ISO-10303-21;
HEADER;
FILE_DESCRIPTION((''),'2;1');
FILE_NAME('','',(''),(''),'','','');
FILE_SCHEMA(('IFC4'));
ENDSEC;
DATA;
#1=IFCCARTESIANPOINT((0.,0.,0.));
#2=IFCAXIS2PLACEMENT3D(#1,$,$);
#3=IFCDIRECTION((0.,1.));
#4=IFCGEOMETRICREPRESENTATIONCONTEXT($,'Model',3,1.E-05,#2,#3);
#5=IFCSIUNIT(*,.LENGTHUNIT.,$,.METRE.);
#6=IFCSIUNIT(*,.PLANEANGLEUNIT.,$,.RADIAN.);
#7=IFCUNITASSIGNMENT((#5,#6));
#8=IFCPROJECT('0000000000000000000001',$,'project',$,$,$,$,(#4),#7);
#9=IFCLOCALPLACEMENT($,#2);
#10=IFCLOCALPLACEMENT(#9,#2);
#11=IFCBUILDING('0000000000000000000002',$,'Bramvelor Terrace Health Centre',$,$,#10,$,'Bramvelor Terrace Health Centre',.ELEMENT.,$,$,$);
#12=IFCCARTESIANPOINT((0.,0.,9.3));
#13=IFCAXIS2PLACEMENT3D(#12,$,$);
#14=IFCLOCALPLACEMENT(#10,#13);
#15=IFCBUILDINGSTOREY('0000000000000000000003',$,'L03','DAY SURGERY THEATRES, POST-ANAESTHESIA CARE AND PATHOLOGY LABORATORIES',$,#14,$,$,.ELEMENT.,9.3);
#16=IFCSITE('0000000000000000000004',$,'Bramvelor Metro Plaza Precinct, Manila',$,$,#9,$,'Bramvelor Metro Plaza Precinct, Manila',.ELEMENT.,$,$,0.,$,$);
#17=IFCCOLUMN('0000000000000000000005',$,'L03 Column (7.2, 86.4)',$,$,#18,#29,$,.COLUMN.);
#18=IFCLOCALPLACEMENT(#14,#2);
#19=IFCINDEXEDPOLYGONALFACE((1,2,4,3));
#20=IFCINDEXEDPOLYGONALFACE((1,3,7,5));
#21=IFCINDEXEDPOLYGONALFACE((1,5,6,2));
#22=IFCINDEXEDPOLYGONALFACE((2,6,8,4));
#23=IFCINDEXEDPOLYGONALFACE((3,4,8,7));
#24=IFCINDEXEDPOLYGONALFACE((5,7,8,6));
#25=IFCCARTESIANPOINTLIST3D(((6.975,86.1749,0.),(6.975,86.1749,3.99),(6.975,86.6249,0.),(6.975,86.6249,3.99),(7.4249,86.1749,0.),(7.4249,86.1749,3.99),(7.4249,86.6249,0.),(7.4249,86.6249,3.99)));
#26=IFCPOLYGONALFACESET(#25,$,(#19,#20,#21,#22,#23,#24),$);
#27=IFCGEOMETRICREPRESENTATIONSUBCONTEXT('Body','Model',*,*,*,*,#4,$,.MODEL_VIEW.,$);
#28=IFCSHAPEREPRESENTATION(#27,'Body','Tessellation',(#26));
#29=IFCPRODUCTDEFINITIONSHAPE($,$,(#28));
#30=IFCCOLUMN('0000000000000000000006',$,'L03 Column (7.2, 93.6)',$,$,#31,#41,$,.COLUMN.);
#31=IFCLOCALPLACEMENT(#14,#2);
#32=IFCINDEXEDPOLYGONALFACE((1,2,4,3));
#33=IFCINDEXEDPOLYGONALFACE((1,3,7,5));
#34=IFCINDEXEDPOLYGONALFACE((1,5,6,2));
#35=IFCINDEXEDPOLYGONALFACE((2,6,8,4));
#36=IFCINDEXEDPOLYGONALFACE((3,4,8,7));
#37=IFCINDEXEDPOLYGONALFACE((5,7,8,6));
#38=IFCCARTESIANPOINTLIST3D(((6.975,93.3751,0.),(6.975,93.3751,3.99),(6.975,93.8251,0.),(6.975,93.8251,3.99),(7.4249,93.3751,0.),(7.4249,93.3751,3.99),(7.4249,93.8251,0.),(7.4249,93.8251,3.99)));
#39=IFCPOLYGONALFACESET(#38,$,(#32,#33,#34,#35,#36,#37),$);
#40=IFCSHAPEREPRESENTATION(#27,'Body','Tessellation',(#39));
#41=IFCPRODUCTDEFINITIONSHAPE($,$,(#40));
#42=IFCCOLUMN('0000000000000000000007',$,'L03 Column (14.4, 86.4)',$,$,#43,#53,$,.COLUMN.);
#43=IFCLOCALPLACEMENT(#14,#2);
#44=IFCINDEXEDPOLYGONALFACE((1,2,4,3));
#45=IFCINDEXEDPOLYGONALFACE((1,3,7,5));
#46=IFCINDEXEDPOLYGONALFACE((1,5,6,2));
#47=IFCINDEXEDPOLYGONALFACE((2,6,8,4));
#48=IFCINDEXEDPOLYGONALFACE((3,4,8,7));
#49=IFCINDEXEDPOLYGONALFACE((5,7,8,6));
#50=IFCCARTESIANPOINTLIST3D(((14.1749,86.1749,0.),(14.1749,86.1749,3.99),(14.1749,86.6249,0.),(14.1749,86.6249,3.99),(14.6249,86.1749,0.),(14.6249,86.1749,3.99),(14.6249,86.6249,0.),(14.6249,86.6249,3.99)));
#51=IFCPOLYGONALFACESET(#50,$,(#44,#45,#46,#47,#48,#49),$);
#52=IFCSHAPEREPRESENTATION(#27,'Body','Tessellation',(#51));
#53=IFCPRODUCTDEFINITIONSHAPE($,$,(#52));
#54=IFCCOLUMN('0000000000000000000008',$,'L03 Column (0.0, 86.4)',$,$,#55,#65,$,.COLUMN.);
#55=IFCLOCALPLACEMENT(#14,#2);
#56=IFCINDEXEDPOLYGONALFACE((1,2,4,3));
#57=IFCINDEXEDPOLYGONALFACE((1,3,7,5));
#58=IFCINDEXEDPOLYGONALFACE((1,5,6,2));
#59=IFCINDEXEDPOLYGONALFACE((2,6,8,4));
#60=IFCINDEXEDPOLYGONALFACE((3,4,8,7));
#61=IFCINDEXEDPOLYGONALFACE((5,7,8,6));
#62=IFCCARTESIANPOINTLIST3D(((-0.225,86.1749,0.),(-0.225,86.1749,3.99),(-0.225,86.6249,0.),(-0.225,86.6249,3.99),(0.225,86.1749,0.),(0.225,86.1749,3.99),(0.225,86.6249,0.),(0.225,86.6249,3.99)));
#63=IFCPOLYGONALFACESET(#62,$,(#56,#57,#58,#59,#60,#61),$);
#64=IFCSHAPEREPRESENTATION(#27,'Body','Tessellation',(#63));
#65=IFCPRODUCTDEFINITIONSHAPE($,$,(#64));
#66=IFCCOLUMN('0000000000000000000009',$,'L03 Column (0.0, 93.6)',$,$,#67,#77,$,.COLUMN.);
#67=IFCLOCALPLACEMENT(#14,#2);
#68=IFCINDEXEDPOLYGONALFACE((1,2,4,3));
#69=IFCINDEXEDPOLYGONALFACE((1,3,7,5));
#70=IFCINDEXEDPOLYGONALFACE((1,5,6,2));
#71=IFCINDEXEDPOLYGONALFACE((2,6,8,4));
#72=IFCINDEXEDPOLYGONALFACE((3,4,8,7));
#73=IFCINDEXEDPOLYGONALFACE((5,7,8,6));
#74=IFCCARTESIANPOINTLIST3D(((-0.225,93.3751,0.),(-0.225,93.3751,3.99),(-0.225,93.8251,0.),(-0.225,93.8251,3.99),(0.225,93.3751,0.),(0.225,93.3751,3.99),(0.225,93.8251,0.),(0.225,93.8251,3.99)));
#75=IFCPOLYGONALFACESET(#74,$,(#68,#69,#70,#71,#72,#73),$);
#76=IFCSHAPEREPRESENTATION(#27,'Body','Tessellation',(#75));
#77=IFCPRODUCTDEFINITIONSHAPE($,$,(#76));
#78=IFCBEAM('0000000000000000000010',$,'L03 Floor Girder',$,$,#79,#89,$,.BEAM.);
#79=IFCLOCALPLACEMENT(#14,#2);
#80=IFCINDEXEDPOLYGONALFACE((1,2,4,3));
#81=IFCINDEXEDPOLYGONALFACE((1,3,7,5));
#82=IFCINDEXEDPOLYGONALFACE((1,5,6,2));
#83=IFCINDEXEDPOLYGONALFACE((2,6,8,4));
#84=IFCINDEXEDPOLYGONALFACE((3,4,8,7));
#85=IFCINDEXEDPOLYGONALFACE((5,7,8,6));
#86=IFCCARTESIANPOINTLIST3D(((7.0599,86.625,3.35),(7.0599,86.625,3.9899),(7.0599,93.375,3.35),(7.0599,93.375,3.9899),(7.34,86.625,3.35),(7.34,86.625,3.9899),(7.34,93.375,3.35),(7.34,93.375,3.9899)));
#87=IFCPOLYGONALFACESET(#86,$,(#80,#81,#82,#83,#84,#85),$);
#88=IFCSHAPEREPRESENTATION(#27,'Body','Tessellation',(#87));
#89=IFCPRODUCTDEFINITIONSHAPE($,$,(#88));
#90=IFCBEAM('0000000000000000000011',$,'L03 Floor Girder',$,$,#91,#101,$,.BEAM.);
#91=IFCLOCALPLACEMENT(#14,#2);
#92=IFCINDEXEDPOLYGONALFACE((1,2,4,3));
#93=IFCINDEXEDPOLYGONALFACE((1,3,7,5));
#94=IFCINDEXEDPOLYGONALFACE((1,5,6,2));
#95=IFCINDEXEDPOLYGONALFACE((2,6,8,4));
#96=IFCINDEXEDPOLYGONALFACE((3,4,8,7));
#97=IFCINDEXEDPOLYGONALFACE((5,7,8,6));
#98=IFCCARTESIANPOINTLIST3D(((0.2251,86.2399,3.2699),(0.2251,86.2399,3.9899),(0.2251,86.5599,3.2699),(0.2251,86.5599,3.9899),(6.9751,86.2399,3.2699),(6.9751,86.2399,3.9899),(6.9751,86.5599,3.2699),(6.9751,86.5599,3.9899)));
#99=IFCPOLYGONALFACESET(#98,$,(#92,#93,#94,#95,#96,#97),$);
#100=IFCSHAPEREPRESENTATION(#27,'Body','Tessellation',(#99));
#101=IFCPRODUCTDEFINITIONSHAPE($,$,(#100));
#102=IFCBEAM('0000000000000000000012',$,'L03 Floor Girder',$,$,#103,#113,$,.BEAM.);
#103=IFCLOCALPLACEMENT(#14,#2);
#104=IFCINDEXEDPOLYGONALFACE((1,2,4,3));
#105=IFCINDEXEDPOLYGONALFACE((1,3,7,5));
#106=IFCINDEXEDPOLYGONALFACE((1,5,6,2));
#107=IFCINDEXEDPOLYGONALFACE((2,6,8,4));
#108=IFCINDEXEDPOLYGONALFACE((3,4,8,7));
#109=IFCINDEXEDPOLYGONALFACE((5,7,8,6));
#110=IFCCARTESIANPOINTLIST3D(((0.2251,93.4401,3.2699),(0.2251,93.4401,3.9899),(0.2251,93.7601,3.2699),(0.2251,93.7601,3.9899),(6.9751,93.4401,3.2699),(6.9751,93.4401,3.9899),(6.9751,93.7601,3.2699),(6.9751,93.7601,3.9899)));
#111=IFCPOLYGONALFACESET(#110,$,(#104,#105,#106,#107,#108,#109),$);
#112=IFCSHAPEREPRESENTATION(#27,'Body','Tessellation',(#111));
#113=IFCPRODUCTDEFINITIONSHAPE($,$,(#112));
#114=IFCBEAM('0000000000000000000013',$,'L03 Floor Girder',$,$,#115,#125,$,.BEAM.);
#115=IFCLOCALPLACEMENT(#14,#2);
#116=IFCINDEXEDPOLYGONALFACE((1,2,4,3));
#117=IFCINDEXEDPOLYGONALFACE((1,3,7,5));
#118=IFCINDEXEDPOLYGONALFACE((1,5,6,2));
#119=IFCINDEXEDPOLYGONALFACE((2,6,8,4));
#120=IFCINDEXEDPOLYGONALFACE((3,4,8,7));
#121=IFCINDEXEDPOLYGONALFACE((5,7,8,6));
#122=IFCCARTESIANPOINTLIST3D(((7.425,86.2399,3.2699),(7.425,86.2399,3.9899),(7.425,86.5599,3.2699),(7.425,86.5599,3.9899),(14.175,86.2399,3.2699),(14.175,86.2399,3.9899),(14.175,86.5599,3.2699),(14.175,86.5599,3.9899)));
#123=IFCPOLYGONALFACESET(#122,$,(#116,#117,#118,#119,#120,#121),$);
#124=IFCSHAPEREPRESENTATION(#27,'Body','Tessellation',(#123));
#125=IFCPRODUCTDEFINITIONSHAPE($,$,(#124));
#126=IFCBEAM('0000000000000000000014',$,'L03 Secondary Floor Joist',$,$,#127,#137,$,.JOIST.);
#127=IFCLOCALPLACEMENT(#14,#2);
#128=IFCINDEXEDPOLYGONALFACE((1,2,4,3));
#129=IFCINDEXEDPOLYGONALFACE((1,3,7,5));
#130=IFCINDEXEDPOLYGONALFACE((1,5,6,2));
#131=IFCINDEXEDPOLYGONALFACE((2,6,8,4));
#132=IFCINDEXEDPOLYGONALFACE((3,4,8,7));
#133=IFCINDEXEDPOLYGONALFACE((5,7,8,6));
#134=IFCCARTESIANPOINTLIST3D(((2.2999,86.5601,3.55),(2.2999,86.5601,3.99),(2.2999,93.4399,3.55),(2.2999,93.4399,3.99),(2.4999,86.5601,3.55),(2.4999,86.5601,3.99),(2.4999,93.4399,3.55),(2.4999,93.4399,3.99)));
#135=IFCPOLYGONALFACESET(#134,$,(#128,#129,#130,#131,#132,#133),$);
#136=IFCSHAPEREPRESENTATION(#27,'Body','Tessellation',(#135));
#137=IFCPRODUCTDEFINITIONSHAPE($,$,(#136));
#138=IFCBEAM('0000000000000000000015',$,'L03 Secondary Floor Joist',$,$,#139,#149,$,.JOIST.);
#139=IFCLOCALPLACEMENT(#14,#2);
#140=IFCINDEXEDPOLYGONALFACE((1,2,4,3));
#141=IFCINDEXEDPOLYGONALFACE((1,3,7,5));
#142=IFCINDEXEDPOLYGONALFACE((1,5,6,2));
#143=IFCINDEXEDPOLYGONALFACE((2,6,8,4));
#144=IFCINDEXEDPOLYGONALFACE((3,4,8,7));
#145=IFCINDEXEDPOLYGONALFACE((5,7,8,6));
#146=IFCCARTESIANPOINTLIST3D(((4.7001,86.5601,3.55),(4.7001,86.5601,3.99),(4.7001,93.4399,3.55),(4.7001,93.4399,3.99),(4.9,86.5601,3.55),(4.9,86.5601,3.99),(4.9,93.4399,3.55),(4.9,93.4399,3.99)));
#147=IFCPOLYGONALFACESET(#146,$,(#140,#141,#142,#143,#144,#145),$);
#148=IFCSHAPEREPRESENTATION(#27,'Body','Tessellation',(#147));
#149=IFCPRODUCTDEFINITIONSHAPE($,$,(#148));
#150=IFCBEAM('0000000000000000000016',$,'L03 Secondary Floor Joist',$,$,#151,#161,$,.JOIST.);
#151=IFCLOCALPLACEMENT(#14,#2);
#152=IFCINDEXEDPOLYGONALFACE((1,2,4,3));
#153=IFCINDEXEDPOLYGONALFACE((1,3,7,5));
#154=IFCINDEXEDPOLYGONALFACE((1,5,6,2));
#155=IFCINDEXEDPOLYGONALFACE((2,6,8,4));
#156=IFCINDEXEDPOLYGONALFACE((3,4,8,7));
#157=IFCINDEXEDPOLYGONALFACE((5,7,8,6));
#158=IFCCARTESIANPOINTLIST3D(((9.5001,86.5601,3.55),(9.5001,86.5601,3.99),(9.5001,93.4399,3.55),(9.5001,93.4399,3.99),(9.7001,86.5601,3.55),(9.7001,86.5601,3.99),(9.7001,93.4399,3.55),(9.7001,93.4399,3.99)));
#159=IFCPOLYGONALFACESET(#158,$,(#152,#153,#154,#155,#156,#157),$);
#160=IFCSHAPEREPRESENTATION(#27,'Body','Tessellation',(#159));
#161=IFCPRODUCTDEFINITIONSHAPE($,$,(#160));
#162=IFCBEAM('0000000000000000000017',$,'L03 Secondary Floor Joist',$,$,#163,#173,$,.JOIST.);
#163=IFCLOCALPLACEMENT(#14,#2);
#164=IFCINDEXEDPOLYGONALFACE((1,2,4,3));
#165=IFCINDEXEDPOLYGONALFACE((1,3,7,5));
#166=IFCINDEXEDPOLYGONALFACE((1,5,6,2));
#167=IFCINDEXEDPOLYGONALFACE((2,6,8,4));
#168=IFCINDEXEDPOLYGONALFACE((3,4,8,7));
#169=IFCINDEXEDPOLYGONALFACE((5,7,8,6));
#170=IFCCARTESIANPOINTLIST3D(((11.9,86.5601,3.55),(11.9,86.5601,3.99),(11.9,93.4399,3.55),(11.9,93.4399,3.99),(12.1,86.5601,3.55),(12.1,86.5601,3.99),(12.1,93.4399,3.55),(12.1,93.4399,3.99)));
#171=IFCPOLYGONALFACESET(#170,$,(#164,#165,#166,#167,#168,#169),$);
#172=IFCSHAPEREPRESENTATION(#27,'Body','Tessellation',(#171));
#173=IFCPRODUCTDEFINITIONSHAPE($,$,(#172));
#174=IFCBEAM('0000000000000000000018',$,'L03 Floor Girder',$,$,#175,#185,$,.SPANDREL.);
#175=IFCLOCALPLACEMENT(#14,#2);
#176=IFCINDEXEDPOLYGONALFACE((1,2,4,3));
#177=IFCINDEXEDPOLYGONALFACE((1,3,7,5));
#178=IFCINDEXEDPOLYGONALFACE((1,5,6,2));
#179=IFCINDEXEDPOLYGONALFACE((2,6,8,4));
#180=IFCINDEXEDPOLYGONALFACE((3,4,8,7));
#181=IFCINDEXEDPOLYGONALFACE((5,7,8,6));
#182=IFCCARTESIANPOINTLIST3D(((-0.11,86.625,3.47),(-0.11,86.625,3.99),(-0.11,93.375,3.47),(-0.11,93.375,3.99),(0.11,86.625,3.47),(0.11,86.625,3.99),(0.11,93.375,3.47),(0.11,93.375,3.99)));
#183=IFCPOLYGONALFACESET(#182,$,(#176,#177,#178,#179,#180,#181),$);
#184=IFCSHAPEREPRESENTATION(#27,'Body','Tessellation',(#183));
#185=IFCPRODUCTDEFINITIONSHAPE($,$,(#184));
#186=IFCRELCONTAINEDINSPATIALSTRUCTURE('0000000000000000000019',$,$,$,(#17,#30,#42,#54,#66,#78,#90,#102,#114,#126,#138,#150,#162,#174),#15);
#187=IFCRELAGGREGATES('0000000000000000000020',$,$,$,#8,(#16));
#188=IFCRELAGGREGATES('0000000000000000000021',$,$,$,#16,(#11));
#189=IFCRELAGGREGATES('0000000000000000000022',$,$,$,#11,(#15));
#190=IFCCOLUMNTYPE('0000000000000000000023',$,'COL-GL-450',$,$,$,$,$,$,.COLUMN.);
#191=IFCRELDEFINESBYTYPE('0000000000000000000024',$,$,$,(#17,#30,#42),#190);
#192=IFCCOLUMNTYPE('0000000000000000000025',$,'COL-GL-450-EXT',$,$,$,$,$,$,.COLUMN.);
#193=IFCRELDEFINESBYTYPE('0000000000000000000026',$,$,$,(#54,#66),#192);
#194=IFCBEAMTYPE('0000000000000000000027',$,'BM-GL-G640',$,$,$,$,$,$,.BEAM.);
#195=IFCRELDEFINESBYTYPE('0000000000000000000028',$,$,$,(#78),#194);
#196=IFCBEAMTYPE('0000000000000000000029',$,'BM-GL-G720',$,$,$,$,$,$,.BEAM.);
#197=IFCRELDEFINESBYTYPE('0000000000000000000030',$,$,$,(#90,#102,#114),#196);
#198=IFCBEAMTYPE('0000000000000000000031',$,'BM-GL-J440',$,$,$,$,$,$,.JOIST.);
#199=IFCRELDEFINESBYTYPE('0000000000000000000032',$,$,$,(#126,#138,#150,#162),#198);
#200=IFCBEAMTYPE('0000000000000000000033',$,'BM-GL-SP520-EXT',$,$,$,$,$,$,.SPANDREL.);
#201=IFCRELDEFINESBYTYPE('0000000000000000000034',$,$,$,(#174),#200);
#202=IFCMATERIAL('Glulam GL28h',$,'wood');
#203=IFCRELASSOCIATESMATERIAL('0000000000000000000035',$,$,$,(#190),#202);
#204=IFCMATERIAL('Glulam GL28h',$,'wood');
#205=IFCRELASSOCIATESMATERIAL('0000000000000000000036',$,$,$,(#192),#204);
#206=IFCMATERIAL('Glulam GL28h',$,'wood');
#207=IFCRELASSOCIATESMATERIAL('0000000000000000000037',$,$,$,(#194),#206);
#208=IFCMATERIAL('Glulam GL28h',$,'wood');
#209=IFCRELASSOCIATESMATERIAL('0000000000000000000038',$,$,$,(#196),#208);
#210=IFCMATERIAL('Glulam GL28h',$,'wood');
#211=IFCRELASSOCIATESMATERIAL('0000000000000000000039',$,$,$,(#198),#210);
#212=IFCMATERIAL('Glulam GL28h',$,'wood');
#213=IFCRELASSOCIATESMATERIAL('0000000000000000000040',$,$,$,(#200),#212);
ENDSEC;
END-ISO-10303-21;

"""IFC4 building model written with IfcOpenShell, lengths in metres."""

from ifc_helpers import new_model, si_unit, direction, frame, origin, origin_2d, place, context, subcontext, project, spatial, rectangle, extrude, material, material_profile, profile_set, type_object, element, save


model = new_model("IFC4")

# Units and contexts
model_context = context("Model", 3, precision=1e-05, world=origin(), true_north=direction((0.0, 1.0)))
body_context = subcontext(model_context, "Body", "Model", "MODEL_VIEW")
ifc_project = project(units=[si_unit("LENGTHUNIT", "METRE"), si_unit("PLANEANGLEUNIT", "RADIAN")], contexts=[model_context])

# Site, building, storey
site_placement = place(None, origin())
site = spatial("IfcSite", under=ifc_project, at=site_placement, Name="Bramvelor Metro Plaza Precinct, Manila", LongName="Bramvelor Metro Plaza Precinct, Manila", CompositionType="ELEMENT", RefElevation=0.0)
building_placement = place(site_placement, origin())
building = spatial("IfcBuilding", under=site, at=building_placement, Name="Bramvelor Terrace Health Centre", LongName="Bramvelor Terrace Health Centre", CompositionType="ELEMENT")
storey_placement = place(building_placement, frame((0.0, 0.0, 9.3)))
storey = spatial("IfcBuildingStorey", under=building, at=storey_placement, Name="L03", Description="DAY SURGERY THEATRES, POST-ANAESTHESIA CARE AND PATHOLOGY LABORATORIES", CompositionType="ELEMENT", Elevation=9.3)

# Columns
ifc_material_1 = material(Name="Glulam GL28h", Category="wood")
ifc_material_profile_1 = material_profile(ifc_material_1, rectangle(XDim=0.45, YDim=0.45, at=origin_2d()), Name="GL 450x450")
ifc_profile_set_1 = profile_set([ifc_material_profile_1], Name="Glulam GL28h")
column_type_1 = type_object("IfcColumnType", Name="COL-GL-450", PredefinedType="COLUMN", material=ifc_profile_set_1)
for number, where, z_axis, x_axis, name in (
    (1, (7.2, 86.3999, 0.0), (0.0, 0.0, 1.0), (1.0, 0.0, 0.0), "L03 Column (7.2, 86.4)"),
    (2, (7.2, 93.6001, 0.0), (0.0, 0.0, 1.0), (1.0, 0.0, 0.0), "L03 Column (7.2, 93.6)"),
    (3, (14.3999, 86.3999, 0.0), (0.0, 0.0, 1.0), (1.0, 0.0, 0.0), "L03 Column (14.4, 86.4)"),
):
    element("IfcColumn", number, at=place(storey_placement, frame(where, z_axis=z_axis, x_axis=x_axis)), inside=storey, type_object=column_type_1, Name=name, PredefinedType="COLUMN", context=body_context, shape_type="SweptSolid", body=[
        extrude(rectangle(XDim=0.45, YDim=0.45, at=origin_2d()), origin(), (0.0, 0.0, 1.0), 3.99),
    ])
ifc_material_2 = material(Name="Glulam GL28h", Category="wood")
ifc_material_profile_2 = material_profile(ifc_material_2, rectangle(XDim=0.45, YDim=0.45, at=origin_2d()), Name="GL 450x450")
ifc_profile_set_2 = profile_set([ifc_material_profile_2], Name="Glulam GL28h")
column_type_2 = type_object("IfcColumnType", Name="COL-GL-450-EXT", PredefinedType="COLUMN", material=ifc_profile_set_2)
for number, where, z_axis, x_axis, name in (
    (4, (0.0, 86.3999, 0.0), (0.0, 0.0, 1.0), (1.0, 0.0, 0.0), "L03 Column (0.0, 86.4)"),
    (5, (0.0, 93.6001, 0.0), (0.0, 0.0, 1.0), (1.0, 0.0, 0.0), "L03 Column (0.0, 93.6)"),
):
    element("IfcColumn", number, at=place(storey_placement, frame(where, z_axis=z_axis, x_axis=x_axis)), inside=storey, type_object=column_type_2, Name=name, PredefinedType="COLUMN", context=body_context, shape_type="SweptSolid", body=[
        extrude(rectangle(XDim=0.45, YDim=0.45, at=origin_2d()), origin(), (0.0, 0.0, 1.0), 3.99),
    ])

# Beams
ifc_material_3 = material(Name="Glulam GL28h", Category="wood")
ifc_material_profile_3 = material_profile(ifc_material_3, rectangle(XDim=0.28, YDim=0.6399, at=origin_2d()), Name="GL 280x640")
ifc_profile_set_3 = profile_set([ifc_material_profile_3], Name="Glulam GL28h")
beam_type_1 = type_object("IfcBeamType", Name="BM-GL-G640", PredefinedType="BEAM", material=ifc_profile_set_3)
beam_1_placement = place(storey_placement, frame((7.2, 86.625, 3.6699), z_axis=(0.0, 1.0, 0.0), x_axis=(-1.0, 0.0, 0.0)))
element("IfcBeam", 6, at=beam_1_placement, inside=storey, type_object=beam_type_1, Name="L03 Floor Girder", PredefinedType="BEAM", context=body_context, shape_type="SweptSolid", body=[
    extrude(rectangle(XDim=0.28, YDim=0.6399, at=origin_2d()), origin(), (0.0, 0.0, 1.0), 6.75),
])
ifc_material_4 = material(Name="Glulam GL28h", Category="wood")
ifc_material_profile_4 = material_profile(ifc_material_4, rectangle(XDim=0.3201, YDim=0.72, at=origin_2d()), Name="GL 320x720")
ifc_profile_set_4 = profile_set([ifc_material_profile_4], Name="Glulam GL28h")
beam_type_2 = type_object("IfcBeamType", Name="BM-GL-G720", PredefinedType="BEAM", material=ifc_profile_set_4)
for number, where, z_axis, x_axis, name in (
    (7, (0.2251, 86.3999, 3.6299), (1.0, 0.0, 0.0), (0.0, 1.0, 0.0), "L03 Floor Girder"),
    (8, (0.2251, 93.6001, 3.6299), (1.0, 0.0, 0.0), (0.0, 1.0, 0.0), "L03 Floor Girder"),
    (9, (7.425, 86.3999, 3.6299), (1.0, 0.0, 0.0), (0.0, 1.0, 0.0), "L03 Floor Girder"),
):
    element("IfcBeam", number, at=place(storey_placement, frame(where, z_axis=z_axis, x_axis=x_axis)), inside=storey, type_object=beam_type_2, Name=name, PredefinedType="BEAM", context=body_context, shape_type="SweptSolid", body=[
        extrude(rectangle(XDim=0.3201, YDim=0.72, at=origin_2d()), origin(), (0.0, 0.0, 1.0), 6.75),
    ])
ifc_material_5 = material(Name="Glulam GL28h", Category="wood")
ifc_material_profile_5 = material_profile(ifc_material_5, rectangle(XDim=0.2, YDim=0.4399, at=origin_2d()), Name="GL 200x440")
ifc_profile_set_5 = profile_set([ifc_material_profile_5], Name="Glulam GL28h")
beam_type_3 = type_object("IfcBeamType", Name="BM-GL-J440", PredefinedType="JOIST", material=ifc_profile_set_5)
for number, where, z_axis, x_axis, name in (
    (10, (2.3999, 86.5601, 3.77), (0.0, 1.0, 0.0), (-1.0, 0.0, 0.0), "L03 Secondary Floor Joist"),
    (11, (4.8, 86.5601, 3.77), (0.0, 1.0, 0.0), (-1.0, 0.0, 0.0), "L03 Secondary Floor Joist"),
    (12, (9.6001, 86.5601, 3.77), (0.0, 1.0, 0.0), (-1.0, 0.0, 0.0), "L03 Secondary Floor Joist"),
    (13, (12.0, 86.5601, 3.77), (0.0, 1.0, 0.0), (-1.0, 0.0, 0.0), "L03 Secondary Floor Joist"),
):
    element("IfcBeam", number, at=place(storey_placement, frame(where, z_axis=z_axis, x_axis=x_axis)), inside=storey, type_object=beam_type_3, Name=name, PredefinedType="JOIST", context=body_context, shape_type="SweptSolid", body=[
        extrude(rectangle(XDim=0.2, YDim=0.4399, at=origin_2d()), origin(), (0.0, 0.0, 1.0), 6.8799),
    ])
ifc_material_6 = material(Name="Glulam GL28h", Category="wood")
ifc_material_profile_6 = material_profile(ifc_material_6, rectangle(XDim=0.22, YDim=0.52, at=origin_2d()), Name="GL 220x520")
ifc_profile_set_6 = profile_set([ifc_material_profile_6], Name="Glulam GL28h")
beam_type_4 = type_object("IfcBeamType", Name="BM-GL-SP520-EXT", PredefinedType="SPANDREL", material=ifc_profile_set_6)
beam_2_placement = place(storey_placement, frame((0.0, 86.625, 3.73), z_axis=(0.0, 1.0, 0.0), x_axis=(-1.0, 0.0, 0.0)))
element("IfcBeam", 14, at=beam_2_placement, inside=storey, type_object=beam_type_4, Name="L03 Floor Girder", PredefinedType="SPANDREL", context=body_context, shape_type="SweptSolid", body=[
    extrude(rectangle(XDim=0.22, YDim=0.52, at=origin_2d()), origin(), (0.0, 0.0, 1.0), 6.75),
])

save(model, "model.ifc")
